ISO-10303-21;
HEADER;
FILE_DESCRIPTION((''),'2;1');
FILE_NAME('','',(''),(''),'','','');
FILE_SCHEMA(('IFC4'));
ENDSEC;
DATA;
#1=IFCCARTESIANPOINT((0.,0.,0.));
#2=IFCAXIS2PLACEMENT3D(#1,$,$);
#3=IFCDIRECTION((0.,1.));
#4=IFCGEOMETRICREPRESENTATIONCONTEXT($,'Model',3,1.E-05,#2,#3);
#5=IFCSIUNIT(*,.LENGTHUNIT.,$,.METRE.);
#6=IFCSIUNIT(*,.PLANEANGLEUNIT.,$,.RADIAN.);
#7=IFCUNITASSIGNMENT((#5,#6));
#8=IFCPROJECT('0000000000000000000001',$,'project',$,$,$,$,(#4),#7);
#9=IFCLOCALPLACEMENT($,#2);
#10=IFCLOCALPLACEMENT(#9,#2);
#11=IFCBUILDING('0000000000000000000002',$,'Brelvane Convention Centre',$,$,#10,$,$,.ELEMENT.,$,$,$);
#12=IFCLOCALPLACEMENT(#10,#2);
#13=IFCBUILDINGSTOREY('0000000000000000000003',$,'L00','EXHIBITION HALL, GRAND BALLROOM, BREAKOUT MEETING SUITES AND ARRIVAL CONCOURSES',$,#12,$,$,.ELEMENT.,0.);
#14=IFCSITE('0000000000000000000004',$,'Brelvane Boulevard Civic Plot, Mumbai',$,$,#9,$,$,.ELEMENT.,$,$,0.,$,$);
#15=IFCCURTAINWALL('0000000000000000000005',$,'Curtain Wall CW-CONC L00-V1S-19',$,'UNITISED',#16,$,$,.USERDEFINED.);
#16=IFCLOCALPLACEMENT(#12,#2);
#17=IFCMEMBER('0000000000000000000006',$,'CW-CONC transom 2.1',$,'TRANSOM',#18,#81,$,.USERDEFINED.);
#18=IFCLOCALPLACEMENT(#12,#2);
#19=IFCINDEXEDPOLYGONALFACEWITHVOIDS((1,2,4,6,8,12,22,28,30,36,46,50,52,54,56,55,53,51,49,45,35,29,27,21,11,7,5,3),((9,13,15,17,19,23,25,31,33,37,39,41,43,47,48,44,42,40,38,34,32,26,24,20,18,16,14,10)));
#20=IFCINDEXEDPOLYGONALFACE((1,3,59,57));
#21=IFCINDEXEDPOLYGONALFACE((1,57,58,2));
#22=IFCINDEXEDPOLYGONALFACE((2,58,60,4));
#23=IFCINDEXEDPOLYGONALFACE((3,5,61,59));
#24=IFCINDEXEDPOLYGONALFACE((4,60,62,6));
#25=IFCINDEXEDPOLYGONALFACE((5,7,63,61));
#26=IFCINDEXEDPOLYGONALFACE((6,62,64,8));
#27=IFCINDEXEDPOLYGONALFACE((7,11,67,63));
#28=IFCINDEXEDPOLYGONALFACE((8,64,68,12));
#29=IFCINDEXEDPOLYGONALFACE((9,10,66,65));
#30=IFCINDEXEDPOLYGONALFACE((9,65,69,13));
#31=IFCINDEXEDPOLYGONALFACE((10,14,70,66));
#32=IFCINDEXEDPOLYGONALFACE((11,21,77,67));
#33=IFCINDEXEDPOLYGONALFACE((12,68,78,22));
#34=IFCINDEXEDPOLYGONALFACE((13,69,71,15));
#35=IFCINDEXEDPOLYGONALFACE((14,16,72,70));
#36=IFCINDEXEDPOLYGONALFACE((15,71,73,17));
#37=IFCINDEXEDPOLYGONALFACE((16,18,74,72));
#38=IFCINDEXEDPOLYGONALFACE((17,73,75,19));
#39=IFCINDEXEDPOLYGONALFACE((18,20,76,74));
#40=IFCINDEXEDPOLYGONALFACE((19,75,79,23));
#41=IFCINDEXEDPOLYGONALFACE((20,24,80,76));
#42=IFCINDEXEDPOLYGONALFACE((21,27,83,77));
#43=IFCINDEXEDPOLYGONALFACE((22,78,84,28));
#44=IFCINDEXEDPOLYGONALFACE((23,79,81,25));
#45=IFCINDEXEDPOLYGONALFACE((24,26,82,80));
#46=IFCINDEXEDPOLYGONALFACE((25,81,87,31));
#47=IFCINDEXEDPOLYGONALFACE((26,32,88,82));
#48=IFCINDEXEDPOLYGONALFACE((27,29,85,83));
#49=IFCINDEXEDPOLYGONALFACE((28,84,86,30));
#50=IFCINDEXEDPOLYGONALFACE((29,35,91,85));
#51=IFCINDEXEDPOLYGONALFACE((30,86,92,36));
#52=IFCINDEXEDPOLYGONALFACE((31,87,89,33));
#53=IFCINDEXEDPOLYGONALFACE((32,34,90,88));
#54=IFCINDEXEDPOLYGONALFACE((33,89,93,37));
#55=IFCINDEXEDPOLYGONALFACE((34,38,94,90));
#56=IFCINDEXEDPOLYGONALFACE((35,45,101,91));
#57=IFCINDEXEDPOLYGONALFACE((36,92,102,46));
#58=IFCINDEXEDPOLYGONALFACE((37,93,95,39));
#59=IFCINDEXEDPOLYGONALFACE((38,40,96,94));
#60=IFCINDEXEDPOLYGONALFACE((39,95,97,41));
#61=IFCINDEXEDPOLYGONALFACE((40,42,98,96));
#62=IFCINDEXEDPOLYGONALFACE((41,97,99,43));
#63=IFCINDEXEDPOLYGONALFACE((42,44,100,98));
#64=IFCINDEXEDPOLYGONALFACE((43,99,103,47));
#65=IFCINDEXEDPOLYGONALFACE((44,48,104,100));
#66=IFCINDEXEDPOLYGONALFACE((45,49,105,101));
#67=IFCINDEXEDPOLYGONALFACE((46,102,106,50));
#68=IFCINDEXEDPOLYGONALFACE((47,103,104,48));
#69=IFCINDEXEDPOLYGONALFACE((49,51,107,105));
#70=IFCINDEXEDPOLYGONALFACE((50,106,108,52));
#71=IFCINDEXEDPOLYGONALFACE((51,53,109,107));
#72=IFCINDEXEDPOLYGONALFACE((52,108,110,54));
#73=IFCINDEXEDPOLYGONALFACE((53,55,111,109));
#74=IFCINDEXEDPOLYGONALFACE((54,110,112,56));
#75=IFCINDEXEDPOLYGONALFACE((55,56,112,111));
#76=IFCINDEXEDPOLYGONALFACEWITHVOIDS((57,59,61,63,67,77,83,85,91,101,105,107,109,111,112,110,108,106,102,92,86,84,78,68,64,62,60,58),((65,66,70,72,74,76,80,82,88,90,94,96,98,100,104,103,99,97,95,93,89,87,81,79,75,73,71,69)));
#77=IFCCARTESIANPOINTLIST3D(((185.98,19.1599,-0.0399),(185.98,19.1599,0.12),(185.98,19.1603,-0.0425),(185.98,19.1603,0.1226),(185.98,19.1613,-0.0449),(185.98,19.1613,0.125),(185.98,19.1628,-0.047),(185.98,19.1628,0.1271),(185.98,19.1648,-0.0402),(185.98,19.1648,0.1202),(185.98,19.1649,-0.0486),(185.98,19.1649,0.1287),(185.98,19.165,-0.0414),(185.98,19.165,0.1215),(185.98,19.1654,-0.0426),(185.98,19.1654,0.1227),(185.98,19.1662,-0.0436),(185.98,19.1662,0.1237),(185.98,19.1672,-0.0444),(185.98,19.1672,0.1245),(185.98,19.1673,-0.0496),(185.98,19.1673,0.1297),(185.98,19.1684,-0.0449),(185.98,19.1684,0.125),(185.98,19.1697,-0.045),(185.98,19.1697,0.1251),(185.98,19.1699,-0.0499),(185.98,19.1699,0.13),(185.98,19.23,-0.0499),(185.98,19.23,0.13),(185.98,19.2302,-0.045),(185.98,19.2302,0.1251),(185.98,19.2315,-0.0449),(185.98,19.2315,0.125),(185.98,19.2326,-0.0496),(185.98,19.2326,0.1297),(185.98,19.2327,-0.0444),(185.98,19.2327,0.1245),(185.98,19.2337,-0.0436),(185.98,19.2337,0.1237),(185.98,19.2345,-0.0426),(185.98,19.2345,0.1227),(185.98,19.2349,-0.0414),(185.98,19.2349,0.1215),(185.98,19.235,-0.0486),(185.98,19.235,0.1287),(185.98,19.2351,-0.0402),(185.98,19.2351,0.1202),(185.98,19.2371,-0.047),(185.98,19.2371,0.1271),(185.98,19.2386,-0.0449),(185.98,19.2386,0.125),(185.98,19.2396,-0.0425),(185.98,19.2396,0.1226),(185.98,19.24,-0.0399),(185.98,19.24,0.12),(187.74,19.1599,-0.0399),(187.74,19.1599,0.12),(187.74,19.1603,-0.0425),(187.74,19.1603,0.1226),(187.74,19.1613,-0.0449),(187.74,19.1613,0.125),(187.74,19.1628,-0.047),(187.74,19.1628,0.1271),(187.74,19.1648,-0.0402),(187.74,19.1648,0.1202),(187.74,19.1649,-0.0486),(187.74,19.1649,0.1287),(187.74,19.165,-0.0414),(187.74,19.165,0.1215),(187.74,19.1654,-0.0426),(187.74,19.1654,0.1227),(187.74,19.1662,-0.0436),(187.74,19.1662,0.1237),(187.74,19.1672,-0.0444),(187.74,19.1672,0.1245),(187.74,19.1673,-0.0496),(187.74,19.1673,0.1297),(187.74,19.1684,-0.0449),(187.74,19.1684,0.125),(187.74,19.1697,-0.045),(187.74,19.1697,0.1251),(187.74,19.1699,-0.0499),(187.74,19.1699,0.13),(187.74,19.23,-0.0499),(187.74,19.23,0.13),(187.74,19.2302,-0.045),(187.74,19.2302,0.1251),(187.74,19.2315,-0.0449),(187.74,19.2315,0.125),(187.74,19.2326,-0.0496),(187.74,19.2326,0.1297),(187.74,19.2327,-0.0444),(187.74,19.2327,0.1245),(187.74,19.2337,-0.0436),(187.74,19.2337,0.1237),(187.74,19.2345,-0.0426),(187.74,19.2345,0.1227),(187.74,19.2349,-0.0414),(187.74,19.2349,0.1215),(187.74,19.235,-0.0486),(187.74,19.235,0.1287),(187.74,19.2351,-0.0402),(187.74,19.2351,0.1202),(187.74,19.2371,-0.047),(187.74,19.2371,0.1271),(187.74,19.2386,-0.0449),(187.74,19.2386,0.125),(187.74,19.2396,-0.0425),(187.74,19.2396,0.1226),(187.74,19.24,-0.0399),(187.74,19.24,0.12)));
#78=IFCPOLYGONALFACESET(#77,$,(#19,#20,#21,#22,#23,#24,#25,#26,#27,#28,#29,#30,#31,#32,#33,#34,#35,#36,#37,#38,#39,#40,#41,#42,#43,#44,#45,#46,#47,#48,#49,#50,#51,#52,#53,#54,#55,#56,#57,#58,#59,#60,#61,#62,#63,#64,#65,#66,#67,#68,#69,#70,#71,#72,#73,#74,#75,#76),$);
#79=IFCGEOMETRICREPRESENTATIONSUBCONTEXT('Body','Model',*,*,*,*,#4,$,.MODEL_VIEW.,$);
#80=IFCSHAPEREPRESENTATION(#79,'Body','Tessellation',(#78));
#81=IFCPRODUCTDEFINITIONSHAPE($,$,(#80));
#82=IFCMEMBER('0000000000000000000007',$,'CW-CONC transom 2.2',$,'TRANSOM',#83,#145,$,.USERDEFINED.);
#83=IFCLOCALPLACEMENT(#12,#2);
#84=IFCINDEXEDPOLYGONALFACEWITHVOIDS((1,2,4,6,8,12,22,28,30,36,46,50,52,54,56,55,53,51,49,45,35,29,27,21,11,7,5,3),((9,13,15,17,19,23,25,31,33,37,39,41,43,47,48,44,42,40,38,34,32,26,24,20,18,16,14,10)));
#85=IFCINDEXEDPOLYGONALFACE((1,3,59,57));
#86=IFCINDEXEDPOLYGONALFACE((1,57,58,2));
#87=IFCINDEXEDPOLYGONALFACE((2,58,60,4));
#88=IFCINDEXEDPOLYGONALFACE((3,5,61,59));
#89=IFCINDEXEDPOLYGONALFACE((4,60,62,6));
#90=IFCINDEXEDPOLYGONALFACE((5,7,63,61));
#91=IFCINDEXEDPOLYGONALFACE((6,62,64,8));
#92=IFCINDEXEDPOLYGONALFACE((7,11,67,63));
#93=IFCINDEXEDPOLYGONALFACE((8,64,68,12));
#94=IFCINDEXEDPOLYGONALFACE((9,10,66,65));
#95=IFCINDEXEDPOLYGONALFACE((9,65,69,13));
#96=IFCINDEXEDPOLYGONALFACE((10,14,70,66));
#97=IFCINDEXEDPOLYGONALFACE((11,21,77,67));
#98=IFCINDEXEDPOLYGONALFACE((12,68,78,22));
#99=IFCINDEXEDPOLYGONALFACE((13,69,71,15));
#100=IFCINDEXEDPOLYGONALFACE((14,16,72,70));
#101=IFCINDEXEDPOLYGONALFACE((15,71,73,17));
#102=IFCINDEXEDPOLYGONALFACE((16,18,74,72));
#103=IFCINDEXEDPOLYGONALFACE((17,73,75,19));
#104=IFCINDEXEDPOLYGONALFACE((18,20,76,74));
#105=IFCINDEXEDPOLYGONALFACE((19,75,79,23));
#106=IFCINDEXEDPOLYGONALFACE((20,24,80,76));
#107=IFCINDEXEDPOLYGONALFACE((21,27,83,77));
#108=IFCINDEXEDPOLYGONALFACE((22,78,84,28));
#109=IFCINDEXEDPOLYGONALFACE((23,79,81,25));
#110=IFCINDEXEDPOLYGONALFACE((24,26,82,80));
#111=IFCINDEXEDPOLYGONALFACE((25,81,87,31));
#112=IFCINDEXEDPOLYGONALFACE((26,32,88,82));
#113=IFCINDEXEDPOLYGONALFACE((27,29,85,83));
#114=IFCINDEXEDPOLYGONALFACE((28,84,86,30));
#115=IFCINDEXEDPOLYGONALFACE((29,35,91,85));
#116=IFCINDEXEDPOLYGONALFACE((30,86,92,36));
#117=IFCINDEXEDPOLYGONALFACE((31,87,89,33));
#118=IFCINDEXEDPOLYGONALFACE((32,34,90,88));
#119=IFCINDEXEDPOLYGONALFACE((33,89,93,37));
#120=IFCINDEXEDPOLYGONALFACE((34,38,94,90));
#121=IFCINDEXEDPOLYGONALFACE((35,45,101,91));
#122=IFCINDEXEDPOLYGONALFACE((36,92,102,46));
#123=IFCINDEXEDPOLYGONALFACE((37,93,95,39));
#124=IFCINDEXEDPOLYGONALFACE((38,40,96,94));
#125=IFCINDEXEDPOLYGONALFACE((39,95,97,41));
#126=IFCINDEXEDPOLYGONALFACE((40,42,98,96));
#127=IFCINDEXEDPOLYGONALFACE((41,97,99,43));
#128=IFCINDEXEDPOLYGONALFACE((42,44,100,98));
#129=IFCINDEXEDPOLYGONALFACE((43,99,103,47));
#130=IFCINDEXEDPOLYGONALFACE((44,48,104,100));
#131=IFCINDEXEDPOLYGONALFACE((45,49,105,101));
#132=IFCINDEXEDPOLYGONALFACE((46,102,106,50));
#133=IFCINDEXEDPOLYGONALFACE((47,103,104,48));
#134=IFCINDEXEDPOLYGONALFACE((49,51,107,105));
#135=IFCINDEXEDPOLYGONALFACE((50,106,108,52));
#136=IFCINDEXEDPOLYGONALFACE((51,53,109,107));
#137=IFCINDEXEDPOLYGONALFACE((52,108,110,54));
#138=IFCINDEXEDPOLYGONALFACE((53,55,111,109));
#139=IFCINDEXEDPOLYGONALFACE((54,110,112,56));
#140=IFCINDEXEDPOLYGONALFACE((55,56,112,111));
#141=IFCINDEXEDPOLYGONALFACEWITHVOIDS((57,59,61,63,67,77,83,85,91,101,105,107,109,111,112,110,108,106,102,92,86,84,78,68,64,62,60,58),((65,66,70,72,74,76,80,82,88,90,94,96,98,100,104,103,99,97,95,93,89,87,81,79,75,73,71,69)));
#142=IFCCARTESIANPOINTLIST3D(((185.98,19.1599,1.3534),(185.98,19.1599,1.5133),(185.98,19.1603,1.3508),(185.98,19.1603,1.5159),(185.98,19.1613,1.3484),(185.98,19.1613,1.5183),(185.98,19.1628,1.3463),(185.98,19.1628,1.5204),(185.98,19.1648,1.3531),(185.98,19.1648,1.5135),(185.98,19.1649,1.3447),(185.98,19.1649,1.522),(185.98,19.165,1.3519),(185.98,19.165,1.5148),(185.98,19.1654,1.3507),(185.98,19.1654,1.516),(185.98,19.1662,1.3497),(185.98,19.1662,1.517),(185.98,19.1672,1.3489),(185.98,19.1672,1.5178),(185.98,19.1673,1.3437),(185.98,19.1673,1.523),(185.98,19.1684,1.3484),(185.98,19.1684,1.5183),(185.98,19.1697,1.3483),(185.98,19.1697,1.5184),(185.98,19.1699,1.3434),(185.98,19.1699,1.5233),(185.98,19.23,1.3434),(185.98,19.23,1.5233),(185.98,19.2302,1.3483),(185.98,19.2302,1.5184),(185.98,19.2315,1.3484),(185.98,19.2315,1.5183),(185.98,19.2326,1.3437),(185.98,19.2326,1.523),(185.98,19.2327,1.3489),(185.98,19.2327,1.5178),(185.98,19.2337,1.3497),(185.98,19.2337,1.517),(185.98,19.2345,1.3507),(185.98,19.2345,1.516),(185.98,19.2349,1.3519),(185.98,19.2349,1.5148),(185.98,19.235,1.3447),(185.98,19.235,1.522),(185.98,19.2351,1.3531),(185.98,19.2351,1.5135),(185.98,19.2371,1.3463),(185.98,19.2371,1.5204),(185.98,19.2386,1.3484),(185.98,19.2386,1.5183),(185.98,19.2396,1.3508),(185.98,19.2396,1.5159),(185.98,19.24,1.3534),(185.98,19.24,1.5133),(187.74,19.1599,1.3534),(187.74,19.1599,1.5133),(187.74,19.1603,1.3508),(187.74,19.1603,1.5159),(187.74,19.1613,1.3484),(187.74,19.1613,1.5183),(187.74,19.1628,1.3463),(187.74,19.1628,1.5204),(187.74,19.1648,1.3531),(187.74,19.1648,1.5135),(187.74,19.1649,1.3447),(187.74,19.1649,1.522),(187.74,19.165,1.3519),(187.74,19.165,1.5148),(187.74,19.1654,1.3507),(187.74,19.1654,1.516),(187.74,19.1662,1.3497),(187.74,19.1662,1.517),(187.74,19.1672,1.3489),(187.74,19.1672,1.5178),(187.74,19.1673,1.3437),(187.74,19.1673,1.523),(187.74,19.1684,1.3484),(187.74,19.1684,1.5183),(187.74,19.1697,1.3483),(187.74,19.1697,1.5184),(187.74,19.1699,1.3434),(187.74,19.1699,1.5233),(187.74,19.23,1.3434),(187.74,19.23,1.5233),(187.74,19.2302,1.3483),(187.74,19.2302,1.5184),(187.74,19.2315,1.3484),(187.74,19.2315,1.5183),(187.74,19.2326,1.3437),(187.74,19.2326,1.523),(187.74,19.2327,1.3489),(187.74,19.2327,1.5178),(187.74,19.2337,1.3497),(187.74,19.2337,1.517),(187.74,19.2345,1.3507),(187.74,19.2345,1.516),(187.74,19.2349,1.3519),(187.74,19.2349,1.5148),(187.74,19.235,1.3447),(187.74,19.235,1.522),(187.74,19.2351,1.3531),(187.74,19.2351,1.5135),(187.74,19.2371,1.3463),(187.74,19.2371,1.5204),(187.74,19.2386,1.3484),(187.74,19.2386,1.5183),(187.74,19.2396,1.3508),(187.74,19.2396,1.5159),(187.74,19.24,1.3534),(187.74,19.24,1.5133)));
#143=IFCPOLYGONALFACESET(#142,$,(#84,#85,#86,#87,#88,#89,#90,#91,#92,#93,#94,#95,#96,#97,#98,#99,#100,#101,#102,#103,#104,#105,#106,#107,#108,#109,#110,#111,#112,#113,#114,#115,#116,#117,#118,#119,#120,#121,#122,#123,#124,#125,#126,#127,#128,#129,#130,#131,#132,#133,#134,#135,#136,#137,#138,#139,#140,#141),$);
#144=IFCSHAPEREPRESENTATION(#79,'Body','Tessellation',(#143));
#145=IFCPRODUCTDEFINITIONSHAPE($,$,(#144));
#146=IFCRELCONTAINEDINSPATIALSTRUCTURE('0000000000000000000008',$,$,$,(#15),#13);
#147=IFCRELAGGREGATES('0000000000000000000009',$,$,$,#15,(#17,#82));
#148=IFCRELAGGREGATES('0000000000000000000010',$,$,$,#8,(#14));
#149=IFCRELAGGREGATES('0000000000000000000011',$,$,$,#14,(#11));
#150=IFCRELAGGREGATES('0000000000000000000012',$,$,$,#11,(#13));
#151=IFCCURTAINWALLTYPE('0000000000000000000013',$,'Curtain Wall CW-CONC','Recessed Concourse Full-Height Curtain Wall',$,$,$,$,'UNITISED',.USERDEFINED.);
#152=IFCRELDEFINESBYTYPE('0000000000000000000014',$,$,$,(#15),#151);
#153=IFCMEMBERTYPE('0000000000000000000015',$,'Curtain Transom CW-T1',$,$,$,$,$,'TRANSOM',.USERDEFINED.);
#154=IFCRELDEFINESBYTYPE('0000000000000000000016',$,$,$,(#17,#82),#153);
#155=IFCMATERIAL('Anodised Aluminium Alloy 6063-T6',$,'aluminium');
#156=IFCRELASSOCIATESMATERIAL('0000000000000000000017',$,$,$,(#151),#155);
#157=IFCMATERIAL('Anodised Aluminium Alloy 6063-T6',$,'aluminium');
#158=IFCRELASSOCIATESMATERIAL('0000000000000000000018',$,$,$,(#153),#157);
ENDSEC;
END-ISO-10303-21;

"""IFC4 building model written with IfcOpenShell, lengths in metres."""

from ifc_helpers import new_model, si_unit, direction, frame, origin, origin_2d, place, context, subcontext, project, spatial, hollow_rectangle, extrude, material, material_profile, profile_set, type_object, element, aggregate, save


model = new_model("IFC4")

# Units and contexts
model_context = context("Model", 3, precision=1e-05, world=origin(), true_north=direction((0.0, 1.0)))
body_context = subcontext(model_context, "Body", "Model", "MODEL_VIEW")
ifc_project = project(units=[si_unit("LENGTHUNIT", "METRE"), si_unit("PLANEANGLEUNIT", "RADIAN")], contexts=[model_context])

# Site, building, storey
site_placement = place(None, origin())
site = spatial("IfcSite", under=ifc_project, at=site_placement, Name="Brelvane Boulevard Civic Plot, Mumbai", CompositionType="ELEMENT", RefElevation=0.0)
building_placement = place(site_placement, origin())
building = spatial("IfcBuilding", under=site, at=building_placement, Name="Brelvane Convention Centre", CompositionType="ELEMENT")
storey_placement = place(building_placement, origin())
storey = spatial("IfcBuildingStorey", under=building, at=storey_placement, Name="L00", Description="EXHIBITION HALL, GRAND BALLROOM, BREAKOUT MEETING SUITES AND ARRIVAL CONCOURSES", CompositionType="ELEMENT", Elevation=0.0)

# Curtain wall, members
ifc_material_1 = material(Name="Anodised Aluminium Alloy 6063-T6", Category="aluminium")
curtain_wall_type = type_object("IfcCurtainWallType", Name="Curtain Wall CW-CONC", Description="Recessed Concourse Full-Height Curtain Wall", ElementType="UNITISED", PredefinedType="USERDEFINED", material=ifc_material_1)
curtain_wall_placement = place(storey_placement, origin())
curtain_wall = element("IfcCurtainWall", 1, at=curtain_wall_placement, inside=storey, type_object=curtain_wall_type, Name="Curtain Wall CW-CONC L00-V1S-19", ObjectType="UNITISED", PredefinedType="USERDEFINED")
ifc_material_2 = material(Name="Anodised Aluminium Alloy 6063-T6", Category="aluminium")
ifc_material_profile_1 = material_profile(ifc_material_2, hollow_rectangle(XDim=0.0801, YDim=0.1799, WallThickness=0.0049, InnerFilletRadius=0.0049, OuterFilletRadius=0.01, at=origin_2d()), Name="ALU-T 180x80x5.0")
ifc_profile_set_1 = profile_set([ifc_material_profile_1], Name="Anodised Aluminium Alloy 6063-T6")
member_type_1 = type_object("IfcMemberType", Name="Curtain Transom CW-T1", ElementType="TRANSOM", PredefinedType="USERDEFINED", material=ifc_profile_set_1)
member_1_placement = place(storey_placement, frame((185.98, 19.2, 0.04), z_axis=(1.0, 0.0, 0.0), x_axis=(0.0, 1.0, 0.0)))
member_1 = element("IfcMember", 2, at=member_1_placement, type_object=member_type_1, Name="CW-CONC transom 2.1", ObjectType="TRANSOM", PredefinedType="USERDEFINED", context=body_context, shape_type="SweptSolid", body=[
    extrude(hollow_rectangle(XDim=0.0801, YDim=0.1799, WallThickness=0.0049, InnerFilletRadius=0.0049, OuterFilletRadius=0.01, at=origin_2d()), origin(), (0.0, 0.0, 1.0), 1.76),
])
member_2_placement = place(storey_placement, frame((185.98, 19.2, 1.4333), z_axis=(1.0, 0.0, 0.0), x_axis=(0.0, 1.0, 0.0)))
member_2 = element("IfcMember", 3, at=member_2_placement, type_object=member_type_1, Name="CW-CONC transom 2.2", ObjectType="TRANSOM", PredefinedType="USERDEFINED", context=body_context, shape_type="SweptSolid", body=[
    extrude(hollow_rectangle(XDim=0.0801, YDim=0.1799, WallThickness=0.0049, InnerFilletRadius=0.0049, OuterFilletRadius=0.01, at=origin_2d()), origin(), (0.0, 0.0, 1.0), 1.76),
])

aggregate(curtain_wall, [member_1, member_2])

save(model, "model.ifc")
